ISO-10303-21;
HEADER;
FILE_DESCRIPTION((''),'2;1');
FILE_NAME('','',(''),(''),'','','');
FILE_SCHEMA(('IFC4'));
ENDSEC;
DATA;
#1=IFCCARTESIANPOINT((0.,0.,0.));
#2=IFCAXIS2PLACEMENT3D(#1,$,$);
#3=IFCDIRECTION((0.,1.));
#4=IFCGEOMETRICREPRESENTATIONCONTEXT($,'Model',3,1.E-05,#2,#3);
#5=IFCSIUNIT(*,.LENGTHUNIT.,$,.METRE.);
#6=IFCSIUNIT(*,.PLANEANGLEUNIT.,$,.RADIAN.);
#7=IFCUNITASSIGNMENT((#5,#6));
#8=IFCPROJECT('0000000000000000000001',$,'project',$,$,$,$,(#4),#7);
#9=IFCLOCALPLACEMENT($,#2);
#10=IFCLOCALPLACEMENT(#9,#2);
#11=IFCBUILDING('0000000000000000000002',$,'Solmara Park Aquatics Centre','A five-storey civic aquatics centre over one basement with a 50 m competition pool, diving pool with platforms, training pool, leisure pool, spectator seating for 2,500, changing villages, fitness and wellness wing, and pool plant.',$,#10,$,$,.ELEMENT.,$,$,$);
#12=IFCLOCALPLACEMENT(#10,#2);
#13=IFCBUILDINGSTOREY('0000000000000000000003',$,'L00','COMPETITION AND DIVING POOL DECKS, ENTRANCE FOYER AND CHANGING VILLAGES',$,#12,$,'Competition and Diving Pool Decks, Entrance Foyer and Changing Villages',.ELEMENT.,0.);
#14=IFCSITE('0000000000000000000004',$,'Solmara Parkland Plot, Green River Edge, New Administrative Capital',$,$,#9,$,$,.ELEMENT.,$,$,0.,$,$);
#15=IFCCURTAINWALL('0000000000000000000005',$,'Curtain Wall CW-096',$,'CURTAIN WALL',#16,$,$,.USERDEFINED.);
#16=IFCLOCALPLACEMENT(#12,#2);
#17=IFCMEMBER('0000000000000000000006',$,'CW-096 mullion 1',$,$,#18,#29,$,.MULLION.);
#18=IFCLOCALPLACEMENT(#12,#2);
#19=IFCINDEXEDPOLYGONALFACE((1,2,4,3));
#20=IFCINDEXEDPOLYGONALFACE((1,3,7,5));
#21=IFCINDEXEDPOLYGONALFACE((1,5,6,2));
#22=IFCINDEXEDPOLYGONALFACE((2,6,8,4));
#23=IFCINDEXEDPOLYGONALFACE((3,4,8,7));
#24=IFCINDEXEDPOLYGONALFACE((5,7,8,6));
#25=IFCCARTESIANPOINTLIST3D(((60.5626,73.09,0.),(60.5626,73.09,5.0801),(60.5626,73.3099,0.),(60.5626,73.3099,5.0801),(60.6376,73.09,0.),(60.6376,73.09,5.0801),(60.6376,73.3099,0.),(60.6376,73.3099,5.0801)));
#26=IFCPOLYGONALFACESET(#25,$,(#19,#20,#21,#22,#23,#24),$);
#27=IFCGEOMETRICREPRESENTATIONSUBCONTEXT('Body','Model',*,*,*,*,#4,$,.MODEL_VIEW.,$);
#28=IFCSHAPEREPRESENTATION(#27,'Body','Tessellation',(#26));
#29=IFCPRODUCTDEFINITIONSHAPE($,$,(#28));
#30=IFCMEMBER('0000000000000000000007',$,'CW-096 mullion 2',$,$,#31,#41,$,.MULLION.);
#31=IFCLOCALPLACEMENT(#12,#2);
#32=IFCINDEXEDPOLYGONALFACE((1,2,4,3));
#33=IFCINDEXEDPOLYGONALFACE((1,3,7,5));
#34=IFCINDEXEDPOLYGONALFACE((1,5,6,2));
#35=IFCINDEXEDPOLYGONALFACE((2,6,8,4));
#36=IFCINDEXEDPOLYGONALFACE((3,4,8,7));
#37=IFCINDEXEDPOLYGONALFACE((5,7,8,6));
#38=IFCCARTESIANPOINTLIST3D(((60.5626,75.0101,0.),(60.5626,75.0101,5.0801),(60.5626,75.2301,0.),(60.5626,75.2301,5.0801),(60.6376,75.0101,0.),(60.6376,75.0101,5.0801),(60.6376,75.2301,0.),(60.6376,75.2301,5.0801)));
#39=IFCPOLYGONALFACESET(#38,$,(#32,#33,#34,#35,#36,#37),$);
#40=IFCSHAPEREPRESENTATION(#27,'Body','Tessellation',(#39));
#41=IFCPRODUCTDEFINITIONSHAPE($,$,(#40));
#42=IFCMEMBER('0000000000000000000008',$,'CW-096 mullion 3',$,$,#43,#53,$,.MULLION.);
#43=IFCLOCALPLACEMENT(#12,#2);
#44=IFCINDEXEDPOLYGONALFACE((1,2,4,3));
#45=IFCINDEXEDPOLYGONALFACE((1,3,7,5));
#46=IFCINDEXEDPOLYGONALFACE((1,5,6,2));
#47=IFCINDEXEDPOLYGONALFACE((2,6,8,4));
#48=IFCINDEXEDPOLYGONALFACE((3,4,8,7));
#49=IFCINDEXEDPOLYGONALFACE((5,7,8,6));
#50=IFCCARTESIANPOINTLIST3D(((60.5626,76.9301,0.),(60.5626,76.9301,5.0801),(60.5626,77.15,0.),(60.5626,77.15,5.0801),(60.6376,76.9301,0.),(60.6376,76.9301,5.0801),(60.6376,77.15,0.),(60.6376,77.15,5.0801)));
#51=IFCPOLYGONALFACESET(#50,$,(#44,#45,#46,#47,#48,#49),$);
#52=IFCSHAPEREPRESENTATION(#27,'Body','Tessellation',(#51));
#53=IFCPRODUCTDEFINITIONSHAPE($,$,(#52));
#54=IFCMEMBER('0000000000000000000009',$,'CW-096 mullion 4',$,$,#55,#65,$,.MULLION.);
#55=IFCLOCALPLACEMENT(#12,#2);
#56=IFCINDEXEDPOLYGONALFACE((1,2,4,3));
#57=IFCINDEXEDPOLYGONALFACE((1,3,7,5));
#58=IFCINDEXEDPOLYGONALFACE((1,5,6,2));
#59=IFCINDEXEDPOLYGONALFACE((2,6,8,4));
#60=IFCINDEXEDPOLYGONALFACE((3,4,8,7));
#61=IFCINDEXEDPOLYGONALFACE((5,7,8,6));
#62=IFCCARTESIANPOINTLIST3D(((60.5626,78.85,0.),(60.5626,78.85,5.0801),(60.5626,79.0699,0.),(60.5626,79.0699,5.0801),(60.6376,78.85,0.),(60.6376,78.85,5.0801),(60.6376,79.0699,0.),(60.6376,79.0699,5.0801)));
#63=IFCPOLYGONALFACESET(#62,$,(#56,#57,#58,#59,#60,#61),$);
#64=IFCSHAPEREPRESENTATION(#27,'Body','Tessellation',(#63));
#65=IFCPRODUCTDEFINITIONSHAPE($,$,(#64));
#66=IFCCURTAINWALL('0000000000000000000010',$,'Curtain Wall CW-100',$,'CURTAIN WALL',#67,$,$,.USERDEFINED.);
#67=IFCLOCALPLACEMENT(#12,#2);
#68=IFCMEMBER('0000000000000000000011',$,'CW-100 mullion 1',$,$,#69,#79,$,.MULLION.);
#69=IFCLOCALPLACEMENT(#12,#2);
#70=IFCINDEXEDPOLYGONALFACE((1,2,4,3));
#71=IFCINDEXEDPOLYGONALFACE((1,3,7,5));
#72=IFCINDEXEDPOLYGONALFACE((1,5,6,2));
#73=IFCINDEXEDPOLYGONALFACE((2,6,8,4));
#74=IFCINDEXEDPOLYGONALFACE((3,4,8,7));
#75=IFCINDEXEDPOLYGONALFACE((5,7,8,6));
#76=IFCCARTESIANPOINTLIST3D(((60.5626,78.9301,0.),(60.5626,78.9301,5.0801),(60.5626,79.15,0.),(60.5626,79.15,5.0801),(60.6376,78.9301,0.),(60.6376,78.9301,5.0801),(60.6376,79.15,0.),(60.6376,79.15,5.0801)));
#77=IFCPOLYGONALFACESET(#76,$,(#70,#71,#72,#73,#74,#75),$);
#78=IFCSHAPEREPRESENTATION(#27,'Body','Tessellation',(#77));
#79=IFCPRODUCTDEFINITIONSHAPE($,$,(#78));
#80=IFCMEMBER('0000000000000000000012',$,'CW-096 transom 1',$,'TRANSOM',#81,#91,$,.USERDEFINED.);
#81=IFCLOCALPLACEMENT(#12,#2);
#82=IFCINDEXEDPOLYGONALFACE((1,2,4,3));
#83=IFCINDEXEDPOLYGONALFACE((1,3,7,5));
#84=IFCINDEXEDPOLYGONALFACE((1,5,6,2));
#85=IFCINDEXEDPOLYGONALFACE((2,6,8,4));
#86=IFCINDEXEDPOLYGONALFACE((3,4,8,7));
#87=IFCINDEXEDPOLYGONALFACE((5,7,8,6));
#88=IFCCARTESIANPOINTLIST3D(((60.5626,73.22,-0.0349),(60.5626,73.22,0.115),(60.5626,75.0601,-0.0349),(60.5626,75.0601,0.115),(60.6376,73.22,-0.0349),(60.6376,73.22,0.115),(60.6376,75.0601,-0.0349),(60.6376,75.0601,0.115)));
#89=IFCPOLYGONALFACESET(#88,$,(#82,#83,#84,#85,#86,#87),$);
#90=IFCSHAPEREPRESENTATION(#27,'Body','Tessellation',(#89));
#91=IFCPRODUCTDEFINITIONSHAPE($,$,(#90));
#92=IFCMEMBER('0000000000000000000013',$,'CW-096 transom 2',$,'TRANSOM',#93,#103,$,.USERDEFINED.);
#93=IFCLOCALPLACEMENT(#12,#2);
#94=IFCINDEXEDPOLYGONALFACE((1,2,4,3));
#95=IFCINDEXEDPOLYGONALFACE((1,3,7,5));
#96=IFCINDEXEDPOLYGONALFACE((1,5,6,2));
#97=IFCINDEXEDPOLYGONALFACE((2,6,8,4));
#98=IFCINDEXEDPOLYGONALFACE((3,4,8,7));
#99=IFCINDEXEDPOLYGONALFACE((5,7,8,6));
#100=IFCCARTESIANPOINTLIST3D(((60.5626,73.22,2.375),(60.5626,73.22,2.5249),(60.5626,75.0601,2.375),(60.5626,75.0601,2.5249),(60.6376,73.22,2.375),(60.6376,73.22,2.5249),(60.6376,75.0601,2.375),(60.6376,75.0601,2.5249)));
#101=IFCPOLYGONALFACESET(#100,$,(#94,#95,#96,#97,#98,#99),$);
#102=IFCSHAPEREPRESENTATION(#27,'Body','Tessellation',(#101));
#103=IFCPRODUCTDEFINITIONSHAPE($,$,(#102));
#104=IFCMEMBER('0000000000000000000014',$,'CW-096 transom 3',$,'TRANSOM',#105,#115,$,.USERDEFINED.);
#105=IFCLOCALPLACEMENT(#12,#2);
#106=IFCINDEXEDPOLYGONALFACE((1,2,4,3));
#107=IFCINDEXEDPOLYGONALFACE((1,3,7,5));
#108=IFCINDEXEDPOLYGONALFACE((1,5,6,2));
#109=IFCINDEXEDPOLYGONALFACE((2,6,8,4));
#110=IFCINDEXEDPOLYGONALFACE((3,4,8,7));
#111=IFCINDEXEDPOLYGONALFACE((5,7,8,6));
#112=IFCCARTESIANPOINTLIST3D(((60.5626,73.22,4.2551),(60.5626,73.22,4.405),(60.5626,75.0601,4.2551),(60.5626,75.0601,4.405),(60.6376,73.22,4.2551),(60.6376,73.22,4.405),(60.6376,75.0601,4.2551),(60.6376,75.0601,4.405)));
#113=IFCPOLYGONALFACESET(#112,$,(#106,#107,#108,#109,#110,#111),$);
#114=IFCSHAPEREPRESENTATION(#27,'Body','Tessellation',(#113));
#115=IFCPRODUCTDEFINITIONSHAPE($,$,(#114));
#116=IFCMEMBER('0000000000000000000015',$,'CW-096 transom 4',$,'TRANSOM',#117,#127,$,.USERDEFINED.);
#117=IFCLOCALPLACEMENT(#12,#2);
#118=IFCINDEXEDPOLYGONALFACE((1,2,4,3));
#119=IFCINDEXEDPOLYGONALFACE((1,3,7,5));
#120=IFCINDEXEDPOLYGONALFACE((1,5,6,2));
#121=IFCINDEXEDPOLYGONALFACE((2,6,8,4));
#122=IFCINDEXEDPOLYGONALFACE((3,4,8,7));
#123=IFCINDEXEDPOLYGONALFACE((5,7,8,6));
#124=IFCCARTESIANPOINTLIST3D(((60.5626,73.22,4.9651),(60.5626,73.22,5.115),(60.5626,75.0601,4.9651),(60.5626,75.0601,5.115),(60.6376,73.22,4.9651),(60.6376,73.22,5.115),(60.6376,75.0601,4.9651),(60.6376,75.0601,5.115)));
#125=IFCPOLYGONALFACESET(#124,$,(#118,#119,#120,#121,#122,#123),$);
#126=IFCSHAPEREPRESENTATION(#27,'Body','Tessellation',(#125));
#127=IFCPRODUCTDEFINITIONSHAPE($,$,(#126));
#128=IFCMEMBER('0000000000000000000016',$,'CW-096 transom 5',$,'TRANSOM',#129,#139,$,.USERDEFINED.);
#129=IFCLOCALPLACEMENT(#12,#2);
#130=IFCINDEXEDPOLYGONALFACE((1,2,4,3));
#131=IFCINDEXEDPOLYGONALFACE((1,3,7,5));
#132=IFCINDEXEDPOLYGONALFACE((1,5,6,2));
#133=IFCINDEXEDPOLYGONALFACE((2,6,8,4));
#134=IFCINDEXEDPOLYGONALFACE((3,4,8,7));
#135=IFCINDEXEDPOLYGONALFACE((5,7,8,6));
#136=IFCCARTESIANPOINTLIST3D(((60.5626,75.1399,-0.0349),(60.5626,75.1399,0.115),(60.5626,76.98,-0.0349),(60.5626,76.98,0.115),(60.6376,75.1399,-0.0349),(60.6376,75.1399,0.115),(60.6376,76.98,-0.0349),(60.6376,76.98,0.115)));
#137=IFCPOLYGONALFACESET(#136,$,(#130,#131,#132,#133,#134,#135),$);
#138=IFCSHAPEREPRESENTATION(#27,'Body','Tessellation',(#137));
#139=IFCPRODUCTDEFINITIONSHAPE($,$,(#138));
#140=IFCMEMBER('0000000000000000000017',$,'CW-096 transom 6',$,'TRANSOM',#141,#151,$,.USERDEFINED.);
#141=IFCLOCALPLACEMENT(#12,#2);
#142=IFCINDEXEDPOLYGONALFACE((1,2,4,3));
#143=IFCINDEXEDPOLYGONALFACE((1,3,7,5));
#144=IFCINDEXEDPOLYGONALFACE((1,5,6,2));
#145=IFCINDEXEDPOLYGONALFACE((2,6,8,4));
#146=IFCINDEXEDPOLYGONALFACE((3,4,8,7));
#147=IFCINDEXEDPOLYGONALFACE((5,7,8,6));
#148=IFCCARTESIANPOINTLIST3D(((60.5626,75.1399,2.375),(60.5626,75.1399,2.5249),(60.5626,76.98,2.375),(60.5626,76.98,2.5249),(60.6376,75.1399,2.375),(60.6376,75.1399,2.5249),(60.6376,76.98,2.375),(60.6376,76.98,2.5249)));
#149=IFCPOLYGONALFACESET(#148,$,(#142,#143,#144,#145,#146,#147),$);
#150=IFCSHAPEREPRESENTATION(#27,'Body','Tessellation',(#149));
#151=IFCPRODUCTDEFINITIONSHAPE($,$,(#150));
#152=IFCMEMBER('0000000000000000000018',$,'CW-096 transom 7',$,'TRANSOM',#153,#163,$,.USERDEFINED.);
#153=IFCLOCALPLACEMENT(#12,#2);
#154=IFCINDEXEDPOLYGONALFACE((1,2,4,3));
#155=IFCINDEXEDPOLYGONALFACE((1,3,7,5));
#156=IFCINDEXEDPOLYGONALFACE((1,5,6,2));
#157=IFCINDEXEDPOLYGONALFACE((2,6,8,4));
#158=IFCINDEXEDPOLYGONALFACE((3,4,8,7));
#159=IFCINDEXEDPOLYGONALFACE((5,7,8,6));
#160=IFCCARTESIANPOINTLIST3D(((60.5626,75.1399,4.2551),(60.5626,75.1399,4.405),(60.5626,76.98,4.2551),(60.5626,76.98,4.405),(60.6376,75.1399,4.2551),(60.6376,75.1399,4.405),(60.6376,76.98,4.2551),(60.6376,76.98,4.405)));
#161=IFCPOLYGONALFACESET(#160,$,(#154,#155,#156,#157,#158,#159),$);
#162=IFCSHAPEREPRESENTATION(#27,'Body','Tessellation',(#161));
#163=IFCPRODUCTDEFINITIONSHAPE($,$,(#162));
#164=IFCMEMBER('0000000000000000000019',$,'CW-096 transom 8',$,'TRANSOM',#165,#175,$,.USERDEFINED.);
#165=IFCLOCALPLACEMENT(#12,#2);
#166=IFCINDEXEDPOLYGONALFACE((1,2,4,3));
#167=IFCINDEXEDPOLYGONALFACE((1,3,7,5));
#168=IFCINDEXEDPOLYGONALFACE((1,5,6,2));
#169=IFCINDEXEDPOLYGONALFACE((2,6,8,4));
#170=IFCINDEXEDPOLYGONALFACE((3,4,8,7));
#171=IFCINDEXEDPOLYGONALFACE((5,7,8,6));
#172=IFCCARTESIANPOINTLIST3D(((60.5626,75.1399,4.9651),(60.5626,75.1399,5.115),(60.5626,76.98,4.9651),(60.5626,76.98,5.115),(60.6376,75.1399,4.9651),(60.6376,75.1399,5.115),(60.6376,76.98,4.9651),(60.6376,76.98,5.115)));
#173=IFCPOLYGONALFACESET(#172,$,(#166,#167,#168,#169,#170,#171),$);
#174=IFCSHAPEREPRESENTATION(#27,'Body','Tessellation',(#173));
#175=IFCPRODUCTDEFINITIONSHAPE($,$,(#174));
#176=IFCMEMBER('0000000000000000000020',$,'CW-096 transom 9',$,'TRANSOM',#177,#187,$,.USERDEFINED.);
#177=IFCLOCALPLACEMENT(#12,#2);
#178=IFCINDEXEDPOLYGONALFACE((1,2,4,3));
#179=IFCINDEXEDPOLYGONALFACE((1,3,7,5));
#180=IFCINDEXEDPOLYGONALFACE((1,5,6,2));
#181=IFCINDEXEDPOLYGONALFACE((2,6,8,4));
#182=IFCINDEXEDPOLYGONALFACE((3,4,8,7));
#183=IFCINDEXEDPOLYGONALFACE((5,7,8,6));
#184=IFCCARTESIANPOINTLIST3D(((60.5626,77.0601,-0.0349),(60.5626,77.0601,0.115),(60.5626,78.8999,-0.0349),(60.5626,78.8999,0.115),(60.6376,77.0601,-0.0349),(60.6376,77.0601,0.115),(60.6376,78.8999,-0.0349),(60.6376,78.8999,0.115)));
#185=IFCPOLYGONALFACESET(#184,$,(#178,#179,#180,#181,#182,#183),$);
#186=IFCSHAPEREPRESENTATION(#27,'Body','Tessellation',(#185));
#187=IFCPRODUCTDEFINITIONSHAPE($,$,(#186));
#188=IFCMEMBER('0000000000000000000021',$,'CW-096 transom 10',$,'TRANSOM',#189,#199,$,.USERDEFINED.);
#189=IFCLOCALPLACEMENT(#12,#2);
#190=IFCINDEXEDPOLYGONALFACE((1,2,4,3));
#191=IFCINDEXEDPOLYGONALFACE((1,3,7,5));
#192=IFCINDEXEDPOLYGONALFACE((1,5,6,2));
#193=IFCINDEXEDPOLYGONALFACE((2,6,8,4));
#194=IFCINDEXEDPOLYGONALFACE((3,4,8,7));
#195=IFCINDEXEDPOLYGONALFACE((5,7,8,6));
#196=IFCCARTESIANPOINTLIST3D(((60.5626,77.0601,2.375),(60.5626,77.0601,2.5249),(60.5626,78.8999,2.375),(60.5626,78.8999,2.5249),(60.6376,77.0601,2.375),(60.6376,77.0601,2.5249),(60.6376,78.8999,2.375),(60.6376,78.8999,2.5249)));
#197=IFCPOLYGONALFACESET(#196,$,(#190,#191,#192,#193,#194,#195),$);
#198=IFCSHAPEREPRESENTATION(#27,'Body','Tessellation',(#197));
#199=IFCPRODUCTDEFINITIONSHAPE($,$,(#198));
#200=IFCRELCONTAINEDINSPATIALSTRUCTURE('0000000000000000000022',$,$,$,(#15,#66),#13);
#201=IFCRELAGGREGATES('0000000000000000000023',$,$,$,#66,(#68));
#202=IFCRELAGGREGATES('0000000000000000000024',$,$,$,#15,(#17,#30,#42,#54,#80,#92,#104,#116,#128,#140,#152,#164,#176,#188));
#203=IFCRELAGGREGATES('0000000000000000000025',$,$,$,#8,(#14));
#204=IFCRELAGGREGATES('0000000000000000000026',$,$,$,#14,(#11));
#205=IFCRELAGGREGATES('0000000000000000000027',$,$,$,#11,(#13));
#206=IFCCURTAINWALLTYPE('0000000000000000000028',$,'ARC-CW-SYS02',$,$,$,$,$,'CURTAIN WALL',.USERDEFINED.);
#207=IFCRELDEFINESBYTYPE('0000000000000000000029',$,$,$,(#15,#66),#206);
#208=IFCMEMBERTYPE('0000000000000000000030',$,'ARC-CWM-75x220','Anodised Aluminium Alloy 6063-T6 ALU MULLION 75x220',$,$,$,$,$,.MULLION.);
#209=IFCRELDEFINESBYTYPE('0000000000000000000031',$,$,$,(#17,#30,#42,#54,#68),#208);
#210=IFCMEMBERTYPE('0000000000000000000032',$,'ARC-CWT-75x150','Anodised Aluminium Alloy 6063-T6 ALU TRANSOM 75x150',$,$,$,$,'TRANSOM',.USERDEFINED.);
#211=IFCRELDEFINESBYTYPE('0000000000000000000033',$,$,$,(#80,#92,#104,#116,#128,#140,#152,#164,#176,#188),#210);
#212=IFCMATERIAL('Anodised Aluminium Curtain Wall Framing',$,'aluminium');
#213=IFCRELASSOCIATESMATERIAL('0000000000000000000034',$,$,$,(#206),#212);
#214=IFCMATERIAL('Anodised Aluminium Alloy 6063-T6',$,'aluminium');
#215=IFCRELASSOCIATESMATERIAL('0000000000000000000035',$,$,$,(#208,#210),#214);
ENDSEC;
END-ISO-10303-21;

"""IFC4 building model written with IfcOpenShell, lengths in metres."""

from ifc_helpers import new_model, si_unit, direction, frame, origin, origin_2d, place, context, subcontext, project, spatial, rectangle, extrude, material, material_profile, profile_set, type_object, element, aggregate, save


model = new_model("IFC4")

# Units and contexts
model_context = context("Model", 3, precision=1e-05, world=origin(), true_north=direction((0.0, 1.0)))
body_context = subcontext(model_context, "Body", "Model", "MODEL_VIEW")
ifc_project = project(units=[si_unit("LENGTHUNIT", "METRE"), si_unit("PLANEANGLEUNIT", "RADIAN")], contexts=[model_context])

# Site, building, storey
site_placement = place(None, origin())
site = spatial("IfcSite", under=ifc_project, at=site_placement, Name="Solmara Parkland Plot, Green River Edge, New Administrative Capital", CompositionType="ELEMENT", RefElevation=0.0)
building_placement = place(site_placement, origin())
building = spatial("IfcBuilding", under=site, at=building_placement, Name="Solmara Park Aquatics Centre", Description="A five-storey civic aquatics centre over one basement with a 50 m competition pool, diving pool with platforms, training pool, leisure pool, spectator seating for 2,500, changing villages, fitness and wellness wing, and pool plant.", CompositionType="ELEMENT")
storey_placement = place(building_placement, origin())
storey = spatial("IfcBuildingStorey", under=building, at=storey_placement, Name="L00", Description="COMPETITION AND DIVING POOL DECKS, ENTRANCE FOYER AND CHANGING VILLAGES", LongName="Competition and Diving Pool Decks, Entrance Foyer and Changing Villages", CompositionType="ELEMENT", Elevation=0.0)

# Curtain wall, members
ifc_material_1 = material(Name="Anodised Aluminium Curtain Wall Framing", Category="aluminium")
curtain_wall_type = type_object("IfcCurtainWallType", Name="ARC-CW-SYS02", ElementType="CURTAIN WALL", PredefinedType="USERDEFINED", material=ifc_material_1)
curtain_wall_1_placement = place(storey_placement, origin())
curtain_wall_1 = element("IfcCurtainWall", 1, at=curtain_wall_1_placement, inside=storey, type_object=curtain_wall_type, Name="Curtain Wall CW-096", ObjectType="CURTAIN WALL", PredefinedType="USERDEFINED")
ifc_material_2 = material(Name="Anodised Aluminium Alloy 6063-T6", Category="aluminium")
ifc_material_profile_1 = material_profile(ifc_material_2, rectangle(XDim=0.075, YDim=0.22, at=origin_2d()), Name="ALU MULLION 75x220")
ifc_profile_set_1 = profile_set([ifc_material_profile_1], Name="Anodised Aluminium Alloy 6063-T6")
member_type_1 = type_object("IfcMemberType", Name="ARC-CWM-75x220", Description="Anodised Aluminium Alloy 6063-T6 ALU MULLION 75x220", PredefinedType="MULLION", material=ifc_profile_set_1)
member_1_placement = place(storey_placement, frame((60.6001, 73.2, 0.0), z_axis=(0.0, 0.0, 1.0), x_axis=(1.0, 0.0, 0.0)))
member_1 = element("IfcMember", 2, at=member_1_placement, type_object=member_type_1, Name="CW-096 mullion 1", PredefinedType="MULLION", context=body_context, shape_type="SweptSolid", body=[
    extrude(rectangle(XDim=0.075, YDim=0.22, at=origin_2d()), origin(), (0.0, 0.0, 1.0), 5.0801),
])
member_2_placement = place(storey_placement, frame((60.6001, 75.1201, 0.0), z_axis=(0.0, 0.0, 1.0), x_axis=(1.0, 0.0, 0.0)))
member_2 = element("IfcMember", 3, at=member_2_placement, type_object=member_type_1, Name="CW-096 mullion 2", PredefinedType="MULLION", context=body_context, shape_type="SweptSolid", body=[
    extrude(rectangle(XDim=0.075, YDim=0.22, at=origin_2d()), origin(), (0.0, 0.0, 1.0), 5.0801),
])
member_3_placement = place(storey_placement, frame((60.6001, 77.04, 0.0), z_axis=(0.0, 0.0, 1.0), x_axis=(1.0, 0.0, 0.0)))
member_3 = element("IfcMember", 4, at=member_3_placement, type_object=member_type_1, Name="CW-096 mullion 3", PredefinedType="MULLION", context=body_context, shape_type="SweptSolid", body=[
    extrude(rectangle(XDim=0.075, YDim=0.22, at=origin_2d()), origin(), (0.0, 0.0, 1.0), 5.0801),
])
member_4_placement = place(storey_placement, frame((60.6001, 78.96, 0.0), z_axis=(0.0, 0.0, 1.0), x_axis=(1.0, 0.0, 0.0)))
member_4 = element("IfcMember", 5, at=member_4_placement, type_object=member_type_1, Name="CW-096 mullion 4", PredefinedType="MULLION", context=body_context, shape_type="SweptSolid", body=[
    extrude(rectangle(XDim=0.075, YDim=0.22, at=origin_2d()), origin(), (0.0, 0.0, 1.0), 5.0801),
])

# Curtain wall, member
curtain_wall_2_placement = place(storey_placement, origin())
curtain_wall_2 = element("IfcCurtainWall", 6, at=curtain_wall_2_placement, inside=storey, type_object=curtain_wall_type, Name="Curtain Wall CW-100", ObjectType="CURTAIN WALL", PredefinedType="USERDEFINED")
member_5_placement = place(storey_placement, frame((60.6001, 79.04, 0.0), z_axis=(0.0, 0.0, 1.0), x_axis=(1.0, 0.0, 0.0)))
member_5 = element("IfcMember", 7, at=member_5_placement, type_object=member_type_1, Name="CW-100 mullion 1", PredefinedType="MULLION", context=body_context, shape_type="SweptSolid", body=[
    extrude(rectangle(XDim=0.075, YDim=0.22, at=origin_2d()), origin(), (0.0, 0.0, 1.0), 5.0801),
])

# Members
ifc_material_profile_2 = material_profile(ifc_material_2, rectangle(XDim=0.075, YDim=0.1499, at=origin_2d()), Name="ALU TRANSOM 75x150")
ifc_profile_set_2 = profile_set([ifc_material_profile_2], Name="Anodised Aluminium Alloy 6063-T6")
member_type_2 = type_object("IfcMemberType", Name="ARC-CWT-75x150", Description="Anodised Aluminium Alloy 6063-T6 ALU TRANSOM 75x150", ElementType="TRANSOM", PredefinedType="USERDEFINED", material=ifc_profile_set_2)
member_6_placement = place(storey_placement, frame((60.6001, 73.22, 0.04), z_axis=(0.0, 1.0, 0.0), x_axis=(-1.0, 0.0, 0.0)))
member_6 = element("IfcMember", 8, at=member_6_placement, type_object=member_type_2, Name="CW-096 transom 1", ObjectType="TRANSOM", PredefinedType="USERDEFINED", context=body_context, shape_type="SweptSolid", body=[
    extrude(rectangle(XDim=0.075, YDim=0.1499, at=origin_2d()), origin(), (0.0, 0.0, 1.0), 1.8401),
])
member_7_placement = place(storey_placement, frame((60.6001, 73.22, 2.45), z_axis=(0.0, 1.0, 0.0), x_axis=(-1.0, 0.0, 0.0)))
member_7 = element("IfcMember", 9, at=member_7_placement, type_object=member_type_2, Name="CW-096 transom 2", ObjectType="TRANSOM", PredefinedType="USERDEFINED", context=body_context, shape_type="SweptSolid", body=[
    extrude(rectangle(XDim=0.075, YDim=0.1499, at=origin_2d()), origin(), (0.0, 0.0, 1.0), 1.8401),
])
member_8_placement = place(storey_placement, frame((60.6001, 73.22, 4.3301), z_axis=(0.0, 1.0, 0.0), x_axis=(-1.0, 0.0, 0.0)))
member_8 = element("IfcMember", 10, at=member_8_placement, type_object=member_type_2, Name="CW-096 transom 3", ObjectType="TRANSOM", PredefinedType="USERDEFINED", context=body_context, shape_type="SweptSolid", body=[
    extrude(rectangle(XDim=0.075, YDim=0.1499, at=origin_2d()), origin(), (0.0, 0.0, 1.0), 1.8401),
])
member_9_placement = place(storey_placement, frame((60.6001, 73.22, 5.04), z_axis=(0.0, 1.0, 0.0), x_axis=(-1.0, 0.0, 0.0)))
member_9 = element("IfcMember", 11, at=member_9_placement, type_object=member_type_2, Name="CW-096 transom 4", ObjectType="TRANSOM", PredefinedType="USERDEFINED", context=body_context, shape_type="SweptSolid", body=[
    extrude(rectangle(XDim=0.075, YDim=0.1499, at=origin_2d()), origin(), (0.0, 0.0, 1.0), 1.8401),
])
member_10_placement = place(storey_placement, frame((60.6001, 75.1399, 0.04), z_axis=(0.0, 1.0, 0.0), x_axis=(-1.0, 0.0, 0.0)))
member_10 = element("IfcMember", 12, at=member_10_placement, type_object=member_type_2, Name="CW-096 transom 5", ObjectType="TRANSOM", PredefinedType="USERDEFINED", context=body_context, shape_type="SweptSolid", body=[
    extrude(rectangle(XDim=0.075, YDim=0.1499, at=origin_2d()), origin(), (0.0, 0.0, 1.0), 1.8401),
])
member_11_placement = place(storey_placement, frame((60.6001, 75.1399, 2.45), z_axis=(0.0, 1.0, 0.0), x_axis=(-1.0, 0.0, 0.0)))
member_11 = element("IfcMember", 13, at=member_11_placement, type_object=member_type_2, Name="CW-096 transom 6", ObjectType="TRANSOM", PredefinedType="USERDEFINED", context=body_context, shape_type="SweptSolid", body=[
    extrude(rectangle(XDim=0.075, YDim=0.1499, at=origin_2d()), origin(), (0.0, 0.0, 1.0), 1.8401),
])
member_12_placement = place(storey_placement, frame((60.6001, 75.1399, 4.3301), z_axis=(0.0, 1.0, 0.0), x_axis=(-1.0, 0.0, 0.0)))
member_12 = element("IfcMember", 14, at=member_12_placement, type_object=member_type_2, Name="CW-096 transom 7", ObjectType="TRANSOM", PredefinedType="USERDEFINED", context=body_context, shape_type="SweptSolid", body=[
    extrude(rectangle(XDim=0.075, YDim=0.1499, at=origin_2d()), origin(), (0.0, 0.0, 1.0), 1.8401),
])
member_13_placement = place(storey_placement, frame((60.6001, 75.1399, 5.04), z_axis=(0.0, 1.0, 0.0), x_axis=(-1.0, 0.0, 0.0)))
member_13 = element("IfcMember", 15, at=member_13_placement, type_object=member_type_2, Name="CW-096 transom 8", ObjectType="TRANSOM", PredefinedType="USERDEFINED", context=body_context, shape_type="SweptSolid", body=[
    extrude(rectangle(XDim=0.075, YDim=0.1499, at=origin_2d()), origin(), (0.0, 0.0, 1.0), 1.8401),
])
member_14_placement = place(storey_placement, frame((60.6001, 77.0601, 0.04), z_axis=(0.0, 1.0, 0.0), x_axis=(-1.0, 0.0, 0.0)))
member_14 = element("IfcMember", 16, at=member_14_placement, type_object=member_type_2, Name="CW-096 transom 9", ObjectType="TRANSOM", PredefinedType="USERDEFINED", context=body_context, shape_type="SweptSolid", body=[
    extrude(rectangle(XDim=0.075, YDim=0.1499, at=origin_2d()), origin(), (0.0, 0.0, 1.0), 1.8398),
])
member_15_placement = place(storey_placement, frame((60.6001, 77.0601, 2.45), z_axis=(0.0, 1.0, 0.0), x_axis=(-1.0, 0.0, 0.0)))
member_15 = element("IfcMember", 17, at=member_15_placement, type_object=member_type_2, Name="CW-096 transom 10", ObjectType="TRANSOM", PredefinedType="USERDEFINED", context=body_context, shape_type="SweptSolid", body=[
    extrude(rectangle(XDim=0.075, YDim=0.1499, at=origin_2d()), origin(), (0.0, 0.0, 1.0), 1.8398),
])

aggregate(curtain_wall_2, [member_5])
aggregate(curtain_wall_1, [member_1, member_2, member_3, member_4, member_6, member_7, member_8, member_9, member_10, member_11, member_12, member_13, member_14, member_15])

save(model, "model.ifc")
